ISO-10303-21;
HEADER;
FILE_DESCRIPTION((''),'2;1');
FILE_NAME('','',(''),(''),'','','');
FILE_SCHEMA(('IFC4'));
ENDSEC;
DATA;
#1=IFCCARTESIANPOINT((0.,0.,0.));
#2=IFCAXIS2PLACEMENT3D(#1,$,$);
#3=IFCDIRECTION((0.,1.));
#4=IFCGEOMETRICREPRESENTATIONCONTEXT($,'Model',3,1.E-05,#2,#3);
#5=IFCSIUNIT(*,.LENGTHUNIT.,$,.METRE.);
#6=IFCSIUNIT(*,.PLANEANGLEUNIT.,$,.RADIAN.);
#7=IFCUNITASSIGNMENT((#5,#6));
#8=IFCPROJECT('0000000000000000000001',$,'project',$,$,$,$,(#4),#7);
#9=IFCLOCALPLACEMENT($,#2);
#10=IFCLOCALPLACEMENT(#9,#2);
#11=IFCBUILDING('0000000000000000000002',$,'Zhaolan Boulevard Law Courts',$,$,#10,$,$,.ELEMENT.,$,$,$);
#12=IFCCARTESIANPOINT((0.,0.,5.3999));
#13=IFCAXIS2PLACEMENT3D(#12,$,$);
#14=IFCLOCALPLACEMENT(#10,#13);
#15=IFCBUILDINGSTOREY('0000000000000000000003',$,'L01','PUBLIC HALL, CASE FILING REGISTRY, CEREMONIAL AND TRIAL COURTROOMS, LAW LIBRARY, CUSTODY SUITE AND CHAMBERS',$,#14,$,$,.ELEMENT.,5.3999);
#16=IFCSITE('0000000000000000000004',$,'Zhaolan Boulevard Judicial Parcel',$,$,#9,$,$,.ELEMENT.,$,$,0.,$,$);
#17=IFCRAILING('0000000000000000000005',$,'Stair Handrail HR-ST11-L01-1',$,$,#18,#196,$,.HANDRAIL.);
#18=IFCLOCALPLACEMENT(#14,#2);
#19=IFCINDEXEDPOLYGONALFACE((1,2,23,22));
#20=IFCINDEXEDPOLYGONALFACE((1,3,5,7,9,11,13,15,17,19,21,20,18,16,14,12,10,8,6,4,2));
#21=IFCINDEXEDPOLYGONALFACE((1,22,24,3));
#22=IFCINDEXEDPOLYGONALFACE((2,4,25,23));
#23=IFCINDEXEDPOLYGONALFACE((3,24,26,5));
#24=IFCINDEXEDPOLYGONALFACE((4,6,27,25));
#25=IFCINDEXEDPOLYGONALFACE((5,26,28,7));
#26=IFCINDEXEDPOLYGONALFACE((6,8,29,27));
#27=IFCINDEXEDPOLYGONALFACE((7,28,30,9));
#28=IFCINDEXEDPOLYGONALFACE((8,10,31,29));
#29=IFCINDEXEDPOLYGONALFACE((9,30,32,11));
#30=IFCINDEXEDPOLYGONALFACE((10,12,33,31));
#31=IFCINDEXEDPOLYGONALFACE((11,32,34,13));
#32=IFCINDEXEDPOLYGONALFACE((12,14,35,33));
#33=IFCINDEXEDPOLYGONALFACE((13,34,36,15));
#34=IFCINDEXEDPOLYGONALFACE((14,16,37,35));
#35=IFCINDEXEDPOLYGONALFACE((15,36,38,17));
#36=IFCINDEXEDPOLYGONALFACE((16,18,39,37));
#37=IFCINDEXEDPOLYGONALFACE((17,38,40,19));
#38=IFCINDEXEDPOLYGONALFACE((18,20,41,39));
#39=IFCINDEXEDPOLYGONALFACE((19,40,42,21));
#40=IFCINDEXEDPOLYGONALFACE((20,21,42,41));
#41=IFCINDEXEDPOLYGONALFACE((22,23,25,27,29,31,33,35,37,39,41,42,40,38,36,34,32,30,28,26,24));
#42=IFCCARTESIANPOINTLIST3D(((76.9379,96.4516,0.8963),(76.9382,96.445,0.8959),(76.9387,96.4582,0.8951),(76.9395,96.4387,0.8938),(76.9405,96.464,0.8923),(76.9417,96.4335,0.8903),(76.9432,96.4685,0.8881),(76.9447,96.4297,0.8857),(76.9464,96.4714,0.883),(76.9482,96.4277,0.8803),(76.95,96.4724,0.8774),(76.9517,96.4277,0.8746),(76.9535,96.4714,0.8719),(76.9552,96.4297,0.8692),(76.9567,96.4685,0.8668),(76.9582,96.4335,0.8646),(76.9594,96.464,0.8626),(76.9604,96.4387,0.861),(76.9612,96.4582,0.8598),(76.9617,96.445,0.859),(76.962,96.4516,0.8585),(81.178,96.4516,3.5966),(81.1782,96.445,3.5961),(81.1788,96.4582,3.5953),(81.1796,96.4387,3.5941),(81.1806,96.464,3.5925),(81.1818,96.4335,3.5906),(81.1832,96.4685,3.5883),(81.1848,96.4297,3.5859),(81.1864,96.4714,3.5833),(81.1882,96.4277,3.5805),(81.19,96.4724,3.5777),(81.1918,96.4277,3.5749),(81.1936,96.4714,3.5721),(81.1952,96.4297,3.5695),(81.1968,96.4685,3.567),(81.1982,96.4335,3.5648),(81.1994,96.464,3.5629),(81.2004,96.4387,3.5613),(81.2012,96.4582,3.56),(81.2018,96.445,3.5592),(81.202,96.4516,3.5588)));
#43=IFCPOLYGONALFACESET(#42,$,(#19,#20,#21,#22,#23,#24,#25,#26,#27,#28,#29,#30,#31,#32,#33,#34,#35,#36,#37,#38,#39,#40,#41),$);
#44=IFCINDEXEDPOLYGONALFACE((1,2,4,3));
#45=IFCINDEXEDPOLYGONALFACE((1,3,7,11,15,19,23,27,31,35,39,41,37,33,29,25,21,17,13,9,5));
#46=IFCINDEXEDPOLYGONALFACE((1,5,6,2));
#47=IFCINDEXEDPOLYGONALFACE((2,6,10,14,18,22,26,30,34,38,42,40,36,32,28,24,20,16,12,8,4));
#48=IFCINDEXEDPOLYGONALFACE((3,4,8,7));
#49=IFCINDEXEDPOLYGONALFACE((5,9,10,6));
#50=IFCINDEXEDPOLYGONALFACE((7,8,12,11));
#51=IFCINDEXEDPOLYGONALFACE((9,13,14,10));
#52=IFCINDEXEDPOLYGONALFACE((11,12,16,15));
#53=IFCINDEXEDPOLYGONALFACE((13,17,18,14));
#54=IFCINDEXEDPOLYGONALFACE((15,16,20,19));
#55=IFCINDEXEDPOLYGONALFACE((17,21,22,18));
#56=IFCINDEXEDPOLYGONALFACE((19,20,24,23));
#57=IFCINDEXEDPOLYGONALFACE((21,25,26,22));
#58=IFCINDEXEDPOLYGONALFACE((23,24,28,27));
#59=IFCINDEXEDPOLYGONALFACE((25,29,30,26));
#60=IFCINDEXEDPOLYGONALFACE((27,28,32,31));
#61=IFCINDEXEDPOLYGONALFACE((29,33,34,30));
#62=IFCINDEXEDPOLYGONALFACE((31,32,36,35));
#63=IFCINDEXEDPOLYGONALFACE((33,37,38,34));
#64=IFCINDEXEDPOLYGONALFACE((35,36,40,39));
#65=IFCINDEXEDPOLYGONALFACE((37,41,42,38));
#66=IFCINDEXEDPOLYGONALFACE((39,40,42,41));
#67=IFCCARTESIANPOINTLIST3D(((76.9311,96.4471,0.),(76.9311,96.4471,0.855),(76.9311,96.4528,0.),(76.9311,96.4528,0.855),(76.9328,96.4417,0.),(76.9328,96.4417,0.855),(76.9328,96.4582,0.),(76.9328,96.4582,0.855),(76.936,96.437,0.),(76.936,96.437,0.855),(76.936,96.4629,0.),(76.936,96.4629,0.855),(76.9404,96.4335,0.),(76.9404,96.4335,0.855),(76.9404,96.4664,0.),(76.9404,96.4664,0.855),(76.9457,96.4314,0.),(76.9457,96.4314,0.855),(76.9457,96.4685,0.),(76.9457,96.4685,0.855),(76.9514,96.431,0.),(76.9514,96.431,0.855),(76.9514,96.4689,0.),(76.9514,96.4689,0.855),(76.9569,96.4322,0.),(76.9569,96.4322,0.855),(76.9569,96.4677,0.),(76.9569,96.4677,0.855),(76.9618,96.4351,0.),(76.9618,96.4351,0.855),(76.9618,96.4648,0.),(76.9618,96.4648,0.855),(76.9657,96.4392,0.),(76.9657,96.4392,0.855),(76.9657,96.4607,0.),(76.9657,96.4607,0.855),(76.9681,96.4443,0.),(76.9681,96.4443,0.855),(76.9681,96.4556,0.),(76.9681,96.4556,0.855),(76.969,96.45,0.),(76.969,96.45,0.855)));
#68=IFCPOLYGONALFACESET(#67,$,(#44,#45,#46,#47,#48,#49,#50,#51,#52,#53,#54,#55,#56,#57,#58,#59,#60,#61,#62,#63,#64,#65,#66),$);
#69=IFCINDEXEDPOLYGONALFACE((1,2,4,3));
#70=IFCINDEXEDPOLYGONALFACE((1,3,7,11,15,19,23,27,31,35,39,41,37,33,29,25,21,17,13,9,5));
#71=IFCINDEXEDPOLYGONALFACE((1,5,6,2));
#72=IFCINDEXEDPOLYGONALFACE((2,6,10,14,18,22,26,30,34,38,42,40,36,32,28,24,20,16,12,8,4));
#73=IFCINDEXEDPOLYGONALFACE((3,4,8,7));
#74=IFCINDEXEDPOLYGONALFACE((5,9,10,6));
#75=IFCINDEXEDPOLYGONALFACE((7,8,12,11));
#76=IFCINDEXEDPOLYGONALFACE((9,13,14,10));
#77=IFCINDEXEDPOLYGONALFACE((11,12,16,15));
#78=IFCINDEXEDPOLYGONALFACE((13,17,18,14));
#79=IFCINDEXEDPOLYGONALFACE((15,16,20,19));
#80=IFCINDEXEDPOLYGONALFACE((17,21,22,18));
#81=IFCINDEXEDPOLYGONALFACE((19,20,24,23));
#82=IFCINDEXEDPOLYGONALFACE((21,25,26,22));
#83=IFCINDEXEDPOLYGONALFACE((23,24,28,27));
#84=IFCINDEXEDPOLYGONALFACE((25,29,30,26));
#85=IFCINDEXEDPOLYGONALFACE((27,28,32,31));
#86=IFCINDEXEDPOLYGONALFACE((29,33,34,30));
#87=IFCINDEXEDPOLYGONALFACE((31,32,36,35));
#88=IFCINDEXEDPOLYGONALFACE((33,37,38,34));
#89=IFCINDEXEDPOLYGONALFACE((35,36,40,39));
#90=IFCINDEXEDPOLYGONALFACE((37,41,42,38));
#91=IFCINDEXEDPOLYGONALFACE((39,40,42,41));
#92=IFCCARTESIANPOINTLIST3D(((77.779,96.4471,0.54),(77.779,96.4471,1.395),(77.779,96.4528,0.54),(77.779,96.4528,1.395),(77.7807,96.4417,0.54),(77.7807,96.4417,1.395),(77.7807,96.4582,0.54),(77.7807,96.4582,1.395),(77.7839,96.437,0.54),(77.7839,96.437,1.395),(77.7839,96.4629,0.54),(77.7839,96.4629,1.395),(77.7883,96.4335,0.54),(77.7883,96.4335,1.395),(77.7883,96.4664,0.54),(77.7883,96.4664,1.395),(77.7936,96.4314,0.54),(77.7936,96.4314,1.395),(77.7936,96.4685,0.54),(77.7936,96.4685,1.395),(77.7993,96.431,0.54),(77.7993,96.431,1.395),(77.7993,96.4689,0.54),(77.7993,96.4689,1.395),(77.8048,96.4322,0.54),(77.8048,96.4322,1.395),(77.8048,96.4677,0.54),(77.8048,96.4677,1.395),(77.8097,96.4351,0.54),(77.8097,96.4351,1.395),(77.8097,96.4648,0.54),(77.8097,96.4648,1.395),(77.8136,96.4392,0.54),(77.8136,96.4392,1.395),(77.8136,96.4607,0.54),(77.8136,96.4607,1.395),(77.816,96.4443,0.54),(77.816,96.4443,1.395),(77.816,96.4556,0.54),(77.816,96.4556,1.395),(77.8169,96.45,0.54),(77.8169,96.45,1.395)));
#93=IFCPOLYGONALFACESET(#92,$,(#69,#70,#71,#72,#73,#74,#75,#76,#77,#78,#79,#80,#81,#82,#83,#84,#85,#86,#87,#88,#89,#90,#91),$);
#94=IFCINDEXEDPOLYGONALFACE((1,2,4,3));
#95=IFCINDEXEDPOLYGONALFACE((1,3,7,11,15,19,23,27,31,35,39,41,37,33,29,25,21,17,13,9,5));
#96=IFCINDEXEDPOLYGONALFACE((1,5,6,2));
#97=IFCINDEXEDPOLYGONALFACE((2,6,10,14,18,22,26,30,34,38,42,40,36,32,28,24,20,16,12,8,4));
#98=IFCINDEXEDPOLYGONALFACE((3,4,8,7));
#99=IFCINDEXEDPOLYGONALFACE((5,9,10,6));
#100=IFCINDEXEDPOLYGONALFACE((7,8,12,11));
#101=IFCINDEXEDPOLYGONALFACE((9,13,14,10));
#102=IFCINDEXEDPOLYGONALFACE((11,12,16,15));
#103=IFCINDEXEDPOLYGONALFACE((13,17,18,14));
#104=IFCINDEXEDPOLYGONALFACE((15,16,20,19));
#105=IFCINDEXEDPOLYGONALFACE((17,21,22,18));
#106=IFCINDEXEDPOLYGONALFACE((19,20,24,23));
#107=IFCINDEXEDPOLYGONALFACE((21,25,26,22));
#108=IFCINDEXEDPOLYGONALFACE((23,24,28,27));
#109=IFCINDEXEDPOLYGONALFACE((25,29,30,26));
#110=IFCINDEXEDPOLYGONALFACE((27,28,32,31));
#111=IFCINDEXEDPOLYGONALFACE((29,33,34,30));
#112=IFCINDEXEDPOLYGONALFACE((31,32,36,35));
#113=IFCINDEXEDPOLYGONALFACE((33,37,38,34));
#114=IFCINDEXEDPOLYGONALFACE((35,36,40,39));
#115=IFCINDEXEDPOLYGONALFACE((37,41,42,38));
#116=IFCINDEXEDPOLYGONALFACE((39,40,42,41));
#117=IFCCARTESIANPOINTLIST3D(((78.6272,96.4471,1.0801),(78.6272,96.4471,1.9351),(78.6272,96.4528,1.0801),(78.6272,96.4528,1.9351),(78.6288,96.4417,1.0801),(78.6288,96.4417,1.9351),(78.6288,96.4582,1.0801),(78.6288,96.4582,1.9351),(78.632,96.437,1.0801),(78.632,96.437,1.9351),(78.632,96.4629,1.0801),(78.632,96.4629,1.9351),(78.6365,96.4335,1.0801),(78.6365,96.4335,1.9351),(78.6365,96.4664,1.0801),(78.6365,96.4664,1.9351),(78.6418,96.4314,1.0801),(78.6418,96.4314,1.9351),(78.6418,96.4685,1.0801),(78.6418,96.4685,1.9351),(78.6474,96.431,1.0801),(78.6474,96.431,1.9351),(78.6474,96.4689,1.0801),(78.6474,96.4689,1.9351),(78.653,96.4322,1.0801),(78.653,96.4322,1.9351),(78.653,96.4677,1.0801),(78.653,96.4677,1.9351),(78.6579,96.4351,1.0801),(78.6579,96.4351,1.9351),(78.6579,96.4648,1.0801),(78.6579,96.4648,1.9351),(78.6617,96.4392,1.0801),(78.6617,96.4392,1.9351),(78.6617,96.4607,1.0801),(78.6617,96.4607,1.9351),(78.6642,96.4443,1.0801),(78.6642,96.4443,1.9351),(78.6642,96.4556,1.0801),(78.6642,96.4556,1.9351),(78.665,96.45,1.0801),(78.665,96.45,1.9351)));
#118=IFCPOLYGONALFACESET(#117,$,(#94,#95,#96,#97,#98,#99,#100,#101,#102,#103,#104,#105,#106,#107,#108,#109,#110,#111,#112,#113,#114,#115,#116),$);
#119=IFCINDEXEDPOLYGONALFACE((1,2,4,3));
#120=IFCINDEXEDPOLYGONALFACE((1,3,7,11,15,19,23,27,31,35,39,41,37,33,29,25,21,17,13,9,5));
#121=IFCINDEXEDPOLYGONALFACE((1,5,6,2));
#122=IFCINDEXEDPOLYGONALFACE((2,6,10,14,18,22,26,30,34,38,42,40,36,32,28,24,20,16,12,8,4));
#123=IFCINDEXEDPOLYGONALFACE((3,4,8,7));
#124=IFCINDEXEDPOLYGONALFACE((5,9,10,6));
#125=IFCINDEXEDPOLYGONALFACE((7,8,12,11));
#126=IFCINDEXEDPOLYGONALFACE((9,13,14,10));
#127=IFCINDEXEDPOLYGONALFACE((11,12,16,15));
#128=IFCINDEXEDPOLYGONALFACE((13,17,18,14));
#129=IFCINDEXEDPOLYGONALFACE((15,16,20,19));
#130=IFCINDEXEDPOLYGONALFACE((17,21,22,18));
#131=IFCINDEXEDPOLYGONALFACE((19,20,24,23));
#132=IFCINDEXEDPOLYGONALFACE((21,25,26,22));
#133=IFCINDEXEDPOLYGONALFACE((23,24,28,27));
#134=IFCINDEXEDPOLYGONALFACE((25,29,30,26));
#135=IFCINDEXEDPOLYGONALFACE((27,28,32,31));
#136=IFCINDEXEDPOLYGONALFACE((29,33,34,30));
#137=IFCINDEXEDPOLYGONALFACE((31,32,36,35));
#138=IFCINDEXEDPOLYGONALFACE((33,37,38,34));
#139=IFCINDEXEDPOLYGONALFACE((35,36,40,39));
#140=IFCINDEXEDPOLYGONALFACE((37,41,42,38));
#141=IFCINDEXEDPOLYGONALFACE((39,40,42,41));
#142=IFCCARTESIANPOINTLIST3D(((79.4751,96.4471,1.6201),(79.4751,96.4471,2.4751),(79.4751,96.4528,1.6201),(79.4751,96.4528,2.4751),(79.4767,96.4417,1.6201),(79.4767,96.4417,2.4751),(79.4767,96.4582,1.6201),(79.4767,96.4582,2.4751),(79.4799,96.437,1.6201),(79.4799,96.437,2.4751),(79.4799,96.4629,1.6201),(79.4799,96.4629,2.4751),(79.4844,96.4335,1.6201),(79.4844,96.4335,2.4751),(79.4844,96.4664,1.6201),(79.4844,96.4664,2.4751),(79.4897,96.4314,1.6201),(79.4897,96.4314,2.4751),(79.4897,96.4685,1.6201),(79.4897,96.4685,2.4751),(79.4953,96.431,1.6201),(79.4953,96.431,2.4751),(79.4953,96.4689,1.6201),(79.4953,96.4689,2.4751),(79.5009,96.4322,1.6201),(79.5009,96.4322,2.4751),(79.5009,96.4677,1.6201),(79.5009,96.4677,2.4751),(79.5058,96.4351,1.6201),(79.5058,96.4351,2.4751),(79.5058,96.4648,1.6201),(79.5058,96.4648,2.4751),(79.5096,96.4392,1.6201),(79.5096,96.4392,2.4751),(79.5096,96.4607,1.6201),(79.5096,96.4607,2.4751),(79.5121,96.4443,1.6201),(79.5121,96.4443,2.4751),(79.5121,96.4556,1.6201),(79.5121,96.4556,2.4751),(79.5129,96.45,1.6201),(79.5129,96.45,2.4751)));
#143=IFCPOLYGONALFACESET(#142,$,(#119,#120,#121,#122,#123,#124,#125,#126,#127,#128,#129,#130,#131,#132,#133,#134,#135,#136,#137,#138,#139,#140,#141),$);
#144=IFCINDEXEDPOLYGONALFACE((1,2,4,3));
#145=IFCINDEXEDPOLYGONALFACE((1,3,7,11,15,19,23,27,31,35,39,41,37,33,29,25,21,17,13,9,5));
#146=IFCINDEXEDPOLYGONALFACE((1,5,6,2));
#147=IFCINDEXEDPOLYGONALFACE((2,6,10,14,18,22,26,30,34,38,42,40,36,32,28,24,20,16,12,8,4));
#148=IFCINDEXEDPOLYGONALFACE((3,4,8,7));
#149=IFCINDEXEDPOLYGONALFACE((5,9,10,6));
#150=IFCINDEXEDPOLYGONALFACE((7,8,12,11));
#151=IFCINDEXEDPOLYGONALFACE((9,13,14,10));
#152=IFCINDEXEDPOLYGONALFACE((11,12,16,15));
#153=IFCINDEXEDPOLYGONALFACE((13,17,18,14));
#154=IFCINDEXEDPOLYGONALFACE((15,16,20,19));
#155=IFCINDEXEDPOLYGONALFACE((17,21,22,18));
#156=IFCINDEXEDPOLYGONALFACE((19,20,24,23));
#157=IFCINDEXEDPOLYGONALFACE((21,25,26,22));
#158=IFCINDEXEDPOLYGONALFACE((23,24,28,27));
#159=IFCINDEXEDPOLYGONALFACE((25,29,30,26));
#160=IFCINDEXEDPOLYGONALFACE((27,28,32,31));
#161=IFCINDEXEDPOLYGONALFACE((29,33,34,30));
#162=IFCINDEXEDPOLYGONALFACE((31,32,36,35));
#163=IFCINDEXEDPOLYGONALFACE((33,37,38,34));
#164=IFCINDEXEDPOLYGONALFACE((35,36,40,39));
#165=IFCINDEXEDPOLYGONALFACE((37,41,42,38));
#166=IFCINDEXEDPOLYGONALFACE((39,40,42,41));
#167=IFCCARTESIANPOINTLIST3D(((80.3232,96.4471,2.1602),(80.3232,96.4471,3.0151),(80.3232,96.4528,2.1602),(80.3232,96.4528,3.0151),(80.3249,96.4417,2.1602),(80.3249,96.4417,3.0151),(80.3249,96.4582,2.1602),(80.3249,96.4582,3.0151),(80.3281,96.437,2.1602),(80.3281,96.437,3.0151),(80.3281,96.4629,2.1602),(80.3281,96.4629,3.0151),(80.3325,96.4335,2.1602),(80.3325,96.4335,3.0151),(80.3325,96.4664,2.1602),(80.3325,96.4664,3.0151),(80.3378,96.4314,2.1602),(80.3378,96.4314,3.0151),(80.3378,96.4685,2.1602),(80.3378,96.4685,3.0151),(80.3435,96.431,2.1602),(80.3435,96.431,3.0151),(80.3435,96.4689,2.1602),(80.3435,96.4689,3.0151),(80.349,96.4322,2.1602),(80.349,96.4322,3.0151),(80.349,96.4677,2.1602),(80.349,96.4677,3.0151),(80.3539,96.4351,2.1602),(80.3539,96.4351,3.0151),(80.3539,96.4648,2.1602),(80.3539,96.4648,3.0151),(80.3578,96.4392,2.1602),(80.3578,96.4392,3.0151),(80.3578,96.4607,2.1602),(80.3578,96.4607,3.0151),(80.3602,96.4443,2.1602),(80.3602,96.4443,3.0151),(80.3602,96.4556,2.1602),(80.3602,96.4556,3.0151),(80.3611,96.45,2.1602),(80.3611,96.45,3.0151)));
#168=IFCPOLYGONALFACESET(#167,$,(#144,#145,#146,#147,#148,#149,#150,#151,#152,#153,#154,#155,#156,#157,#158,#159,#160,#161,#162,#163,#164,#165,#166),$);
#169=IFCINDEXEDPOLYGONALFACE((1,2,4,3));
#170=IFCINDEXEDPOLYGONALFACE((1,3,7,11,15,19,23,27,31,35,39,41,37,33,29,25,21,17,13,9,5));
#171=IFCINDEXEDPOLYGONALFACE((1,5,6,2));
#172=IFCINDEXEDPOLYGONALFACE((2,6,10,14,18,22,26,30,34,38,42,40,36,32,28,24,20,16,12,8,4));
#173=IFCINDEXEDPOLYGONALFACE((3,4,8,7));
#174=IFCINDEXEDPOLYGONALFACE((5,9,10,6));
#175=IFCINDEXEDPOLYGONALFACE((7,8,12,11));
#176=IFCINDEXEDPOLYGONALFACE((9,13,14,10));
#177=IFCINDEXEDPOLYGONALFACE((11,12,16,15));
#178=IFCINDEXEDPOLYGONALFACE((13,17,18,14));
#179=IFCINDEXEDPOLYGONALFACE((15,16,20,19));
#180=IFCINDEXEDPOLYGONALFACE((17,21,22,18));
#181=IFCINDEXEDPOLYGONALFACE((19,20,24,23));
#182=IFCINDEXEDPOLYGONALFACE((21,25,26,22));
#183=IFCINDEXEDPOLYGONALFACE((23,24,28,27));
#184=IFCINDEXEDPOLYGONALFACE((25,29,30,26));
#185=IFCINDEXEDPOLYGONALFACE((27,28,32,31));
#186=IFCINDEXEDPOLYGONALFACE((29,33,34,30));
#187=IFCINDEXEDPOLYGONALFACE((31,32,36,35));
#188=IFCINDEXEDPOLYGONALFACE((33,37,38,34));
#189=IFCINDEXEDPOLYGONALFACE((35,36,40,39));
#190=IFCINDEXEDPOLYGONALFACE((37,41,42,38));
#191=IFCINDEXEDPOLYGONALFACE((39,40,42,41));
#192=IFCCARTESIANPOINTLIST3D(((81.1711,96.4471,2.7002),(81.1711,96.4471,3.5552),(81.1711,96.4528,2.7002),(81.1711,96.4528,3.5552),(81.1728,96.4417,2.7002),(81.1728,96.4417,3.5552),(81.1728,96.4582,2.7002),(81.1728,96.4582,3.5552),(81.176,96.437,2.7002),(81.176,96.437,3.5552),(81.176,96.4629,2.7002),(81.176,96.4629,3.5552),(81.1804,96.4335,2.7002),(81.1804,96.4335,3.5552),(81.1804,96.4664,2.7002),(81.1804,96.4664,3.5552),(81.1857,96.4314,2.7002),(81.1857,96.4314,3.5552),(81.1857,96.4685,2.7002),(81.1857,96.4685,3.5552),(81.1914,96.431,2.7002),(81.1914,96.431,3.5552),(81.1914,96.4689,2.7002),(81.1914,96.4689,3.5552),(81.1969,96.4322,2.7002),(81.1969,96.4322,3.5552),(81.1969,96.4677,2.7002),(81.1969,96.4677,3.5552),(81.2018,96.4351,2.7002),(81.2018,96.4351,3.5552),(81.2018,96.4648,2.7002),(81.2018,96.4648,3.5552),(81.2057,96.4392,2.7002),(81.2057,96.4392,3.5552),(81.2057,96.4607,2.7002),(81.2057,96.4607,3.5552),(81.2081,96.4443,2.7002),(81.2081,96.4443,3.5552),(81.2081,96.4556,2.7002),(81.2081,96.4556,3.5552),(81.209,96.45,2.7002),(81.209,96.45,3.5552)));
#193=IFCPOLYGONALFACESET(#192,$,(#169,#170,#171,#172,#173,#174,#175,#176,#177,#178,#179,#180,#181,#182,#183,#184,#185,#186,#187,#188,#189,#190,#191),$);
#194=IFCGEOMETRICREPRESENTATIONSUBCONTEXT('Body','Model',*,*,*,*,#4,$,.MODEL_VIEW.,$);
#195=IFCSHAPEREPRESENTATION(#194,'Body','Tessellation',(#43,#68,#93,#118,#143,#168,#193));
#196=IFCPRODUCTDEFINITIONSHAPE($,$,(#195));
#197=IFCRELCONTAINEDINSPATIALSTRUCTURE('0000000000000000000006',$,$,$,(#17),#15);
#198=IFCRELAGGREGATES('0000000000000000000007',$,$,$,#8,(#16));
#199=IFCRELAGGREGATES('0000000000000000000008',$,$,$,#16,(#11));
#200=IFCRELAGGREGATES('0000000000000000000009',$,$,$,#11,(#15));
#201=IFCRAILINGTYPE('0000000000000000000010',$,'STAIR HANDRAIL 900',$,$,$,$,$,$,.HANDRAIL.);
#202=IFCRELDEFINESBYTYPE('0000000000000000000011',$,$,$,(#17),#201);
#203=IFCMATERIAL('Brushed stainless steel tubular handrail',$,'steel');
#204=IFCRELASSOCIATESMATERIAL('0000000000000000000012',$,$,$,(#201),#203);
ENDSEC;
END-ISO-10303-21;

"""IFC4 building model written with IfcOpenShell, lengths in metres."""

from ifc_helpers import new_model, si_unit, direction, frame, origin, origin_2d, place, context, subcontext, project, spatial, circle, extrude, material, type_object, element, save


model = new_model("IFC4")

# Units and contexts
model_context = context("Model", 3, precision=1e-05, world=origin(), true_north=direction((0.0, 1.0)))
body_context = subcontext(model_context, "Body", "Model", "MODEL_VIEW")
ifc_project = project(units=[si_unit("LENGTHUNIT", "METRE"), si_unit("PLANEANGLEUNIT", "RADIAN")], contexts=[model_context])

# Site, building, storey
site_placement = place(None, origin())
site = spatial("IfcSite", under=ifc_project, at=site_placement, Name="Zhaolan Boulevard Judicial Parcel", CompositionType="ELEMENT", RefElevation=0.0)
building_placement = place(site_placement, origin())
building = spatial("IfcBuilding", under=site, at=building_placement, Name="Zhaolan Boulevard Law Courts", CompositionType="ELEMENT")
storey_placement = place(building_placement, frame((0.0, 0.0, 5.3999)))
storey = spatial("IfcBuildingStorey", under=building, at=storey_placement, Name="L01", Description="PUBLIC HALL, CASE FILING REGISTRY, CEREMONIAL AND TRIAL COURTROOMS, LAW LIBRARY, CUSTODY SUITE AND CHAMBERS", CompositionType="ELEMENT", Elevation=5.3999)

# Railing
ifc_material_1 = material(Name="Brushed stainless steel tubular handrail", Category="steel")
railing_type_1 = type_object("IfcRailingType", Name="STAIR HANDRAIL 900", PredefinedType="HANDRAIL", material=ifc_material_1)
railing_1_placement = place(storey_placement, frame((76.95, 96.45, 0.0)))
element("IfcRailing", 1, at=railing_1_placement, inside=storey, type_object=railing_type_1, Name="Stair Handrail HR-ST11-L01-1", PredefinedType="HANDRAIL", context=body_context, shape_type="SweptSolid", body=[
    extrude(circle(Radius=0.0225, at=origin_2d()), frame((0.0, 0.0, 0.8774), z_axis=(0.843479, 0.0, 0.537161), x_axis=(0.0, 1.0, 0.0)), (0.0, 0.0, 1.0), 5.0269),
    extrude(circle(Radius=0.019, at=origin_2d()), origin(), (0.0, 0.0, 1.0), 0.855),
    extrude(circle(Radius=0.019, at=origin_2d()), frame((0.8479, 0.0, 0.54)), (0.0, 0.0, 1.0), 0.855),
    extrude(circle(Radius=0.019, at=origin_2d()), frame((1.696, 0.0, 1.0801)), (0.0, 0.0, 1.0), 0.855),
    extrude(circle(Radius=0.019, at=origin_2d()), frame((2.5439, 0.0, 1.6201)), (0.0, 0.0, 1.0), 0.855),
    extrude(circle(Radius=0.019, at=origin_2d()), frame((3.3921, 0.0, 2.1602)), (0.0, 0.0, 1.0), 0.855),
    extrude(circle(Radius=0.019, at=origin_2d()), frame((4.24, 0.0, 2.7002)), (0.0, 0.0, 1.0), 0.855),
])

save(model, "model.ifc")
